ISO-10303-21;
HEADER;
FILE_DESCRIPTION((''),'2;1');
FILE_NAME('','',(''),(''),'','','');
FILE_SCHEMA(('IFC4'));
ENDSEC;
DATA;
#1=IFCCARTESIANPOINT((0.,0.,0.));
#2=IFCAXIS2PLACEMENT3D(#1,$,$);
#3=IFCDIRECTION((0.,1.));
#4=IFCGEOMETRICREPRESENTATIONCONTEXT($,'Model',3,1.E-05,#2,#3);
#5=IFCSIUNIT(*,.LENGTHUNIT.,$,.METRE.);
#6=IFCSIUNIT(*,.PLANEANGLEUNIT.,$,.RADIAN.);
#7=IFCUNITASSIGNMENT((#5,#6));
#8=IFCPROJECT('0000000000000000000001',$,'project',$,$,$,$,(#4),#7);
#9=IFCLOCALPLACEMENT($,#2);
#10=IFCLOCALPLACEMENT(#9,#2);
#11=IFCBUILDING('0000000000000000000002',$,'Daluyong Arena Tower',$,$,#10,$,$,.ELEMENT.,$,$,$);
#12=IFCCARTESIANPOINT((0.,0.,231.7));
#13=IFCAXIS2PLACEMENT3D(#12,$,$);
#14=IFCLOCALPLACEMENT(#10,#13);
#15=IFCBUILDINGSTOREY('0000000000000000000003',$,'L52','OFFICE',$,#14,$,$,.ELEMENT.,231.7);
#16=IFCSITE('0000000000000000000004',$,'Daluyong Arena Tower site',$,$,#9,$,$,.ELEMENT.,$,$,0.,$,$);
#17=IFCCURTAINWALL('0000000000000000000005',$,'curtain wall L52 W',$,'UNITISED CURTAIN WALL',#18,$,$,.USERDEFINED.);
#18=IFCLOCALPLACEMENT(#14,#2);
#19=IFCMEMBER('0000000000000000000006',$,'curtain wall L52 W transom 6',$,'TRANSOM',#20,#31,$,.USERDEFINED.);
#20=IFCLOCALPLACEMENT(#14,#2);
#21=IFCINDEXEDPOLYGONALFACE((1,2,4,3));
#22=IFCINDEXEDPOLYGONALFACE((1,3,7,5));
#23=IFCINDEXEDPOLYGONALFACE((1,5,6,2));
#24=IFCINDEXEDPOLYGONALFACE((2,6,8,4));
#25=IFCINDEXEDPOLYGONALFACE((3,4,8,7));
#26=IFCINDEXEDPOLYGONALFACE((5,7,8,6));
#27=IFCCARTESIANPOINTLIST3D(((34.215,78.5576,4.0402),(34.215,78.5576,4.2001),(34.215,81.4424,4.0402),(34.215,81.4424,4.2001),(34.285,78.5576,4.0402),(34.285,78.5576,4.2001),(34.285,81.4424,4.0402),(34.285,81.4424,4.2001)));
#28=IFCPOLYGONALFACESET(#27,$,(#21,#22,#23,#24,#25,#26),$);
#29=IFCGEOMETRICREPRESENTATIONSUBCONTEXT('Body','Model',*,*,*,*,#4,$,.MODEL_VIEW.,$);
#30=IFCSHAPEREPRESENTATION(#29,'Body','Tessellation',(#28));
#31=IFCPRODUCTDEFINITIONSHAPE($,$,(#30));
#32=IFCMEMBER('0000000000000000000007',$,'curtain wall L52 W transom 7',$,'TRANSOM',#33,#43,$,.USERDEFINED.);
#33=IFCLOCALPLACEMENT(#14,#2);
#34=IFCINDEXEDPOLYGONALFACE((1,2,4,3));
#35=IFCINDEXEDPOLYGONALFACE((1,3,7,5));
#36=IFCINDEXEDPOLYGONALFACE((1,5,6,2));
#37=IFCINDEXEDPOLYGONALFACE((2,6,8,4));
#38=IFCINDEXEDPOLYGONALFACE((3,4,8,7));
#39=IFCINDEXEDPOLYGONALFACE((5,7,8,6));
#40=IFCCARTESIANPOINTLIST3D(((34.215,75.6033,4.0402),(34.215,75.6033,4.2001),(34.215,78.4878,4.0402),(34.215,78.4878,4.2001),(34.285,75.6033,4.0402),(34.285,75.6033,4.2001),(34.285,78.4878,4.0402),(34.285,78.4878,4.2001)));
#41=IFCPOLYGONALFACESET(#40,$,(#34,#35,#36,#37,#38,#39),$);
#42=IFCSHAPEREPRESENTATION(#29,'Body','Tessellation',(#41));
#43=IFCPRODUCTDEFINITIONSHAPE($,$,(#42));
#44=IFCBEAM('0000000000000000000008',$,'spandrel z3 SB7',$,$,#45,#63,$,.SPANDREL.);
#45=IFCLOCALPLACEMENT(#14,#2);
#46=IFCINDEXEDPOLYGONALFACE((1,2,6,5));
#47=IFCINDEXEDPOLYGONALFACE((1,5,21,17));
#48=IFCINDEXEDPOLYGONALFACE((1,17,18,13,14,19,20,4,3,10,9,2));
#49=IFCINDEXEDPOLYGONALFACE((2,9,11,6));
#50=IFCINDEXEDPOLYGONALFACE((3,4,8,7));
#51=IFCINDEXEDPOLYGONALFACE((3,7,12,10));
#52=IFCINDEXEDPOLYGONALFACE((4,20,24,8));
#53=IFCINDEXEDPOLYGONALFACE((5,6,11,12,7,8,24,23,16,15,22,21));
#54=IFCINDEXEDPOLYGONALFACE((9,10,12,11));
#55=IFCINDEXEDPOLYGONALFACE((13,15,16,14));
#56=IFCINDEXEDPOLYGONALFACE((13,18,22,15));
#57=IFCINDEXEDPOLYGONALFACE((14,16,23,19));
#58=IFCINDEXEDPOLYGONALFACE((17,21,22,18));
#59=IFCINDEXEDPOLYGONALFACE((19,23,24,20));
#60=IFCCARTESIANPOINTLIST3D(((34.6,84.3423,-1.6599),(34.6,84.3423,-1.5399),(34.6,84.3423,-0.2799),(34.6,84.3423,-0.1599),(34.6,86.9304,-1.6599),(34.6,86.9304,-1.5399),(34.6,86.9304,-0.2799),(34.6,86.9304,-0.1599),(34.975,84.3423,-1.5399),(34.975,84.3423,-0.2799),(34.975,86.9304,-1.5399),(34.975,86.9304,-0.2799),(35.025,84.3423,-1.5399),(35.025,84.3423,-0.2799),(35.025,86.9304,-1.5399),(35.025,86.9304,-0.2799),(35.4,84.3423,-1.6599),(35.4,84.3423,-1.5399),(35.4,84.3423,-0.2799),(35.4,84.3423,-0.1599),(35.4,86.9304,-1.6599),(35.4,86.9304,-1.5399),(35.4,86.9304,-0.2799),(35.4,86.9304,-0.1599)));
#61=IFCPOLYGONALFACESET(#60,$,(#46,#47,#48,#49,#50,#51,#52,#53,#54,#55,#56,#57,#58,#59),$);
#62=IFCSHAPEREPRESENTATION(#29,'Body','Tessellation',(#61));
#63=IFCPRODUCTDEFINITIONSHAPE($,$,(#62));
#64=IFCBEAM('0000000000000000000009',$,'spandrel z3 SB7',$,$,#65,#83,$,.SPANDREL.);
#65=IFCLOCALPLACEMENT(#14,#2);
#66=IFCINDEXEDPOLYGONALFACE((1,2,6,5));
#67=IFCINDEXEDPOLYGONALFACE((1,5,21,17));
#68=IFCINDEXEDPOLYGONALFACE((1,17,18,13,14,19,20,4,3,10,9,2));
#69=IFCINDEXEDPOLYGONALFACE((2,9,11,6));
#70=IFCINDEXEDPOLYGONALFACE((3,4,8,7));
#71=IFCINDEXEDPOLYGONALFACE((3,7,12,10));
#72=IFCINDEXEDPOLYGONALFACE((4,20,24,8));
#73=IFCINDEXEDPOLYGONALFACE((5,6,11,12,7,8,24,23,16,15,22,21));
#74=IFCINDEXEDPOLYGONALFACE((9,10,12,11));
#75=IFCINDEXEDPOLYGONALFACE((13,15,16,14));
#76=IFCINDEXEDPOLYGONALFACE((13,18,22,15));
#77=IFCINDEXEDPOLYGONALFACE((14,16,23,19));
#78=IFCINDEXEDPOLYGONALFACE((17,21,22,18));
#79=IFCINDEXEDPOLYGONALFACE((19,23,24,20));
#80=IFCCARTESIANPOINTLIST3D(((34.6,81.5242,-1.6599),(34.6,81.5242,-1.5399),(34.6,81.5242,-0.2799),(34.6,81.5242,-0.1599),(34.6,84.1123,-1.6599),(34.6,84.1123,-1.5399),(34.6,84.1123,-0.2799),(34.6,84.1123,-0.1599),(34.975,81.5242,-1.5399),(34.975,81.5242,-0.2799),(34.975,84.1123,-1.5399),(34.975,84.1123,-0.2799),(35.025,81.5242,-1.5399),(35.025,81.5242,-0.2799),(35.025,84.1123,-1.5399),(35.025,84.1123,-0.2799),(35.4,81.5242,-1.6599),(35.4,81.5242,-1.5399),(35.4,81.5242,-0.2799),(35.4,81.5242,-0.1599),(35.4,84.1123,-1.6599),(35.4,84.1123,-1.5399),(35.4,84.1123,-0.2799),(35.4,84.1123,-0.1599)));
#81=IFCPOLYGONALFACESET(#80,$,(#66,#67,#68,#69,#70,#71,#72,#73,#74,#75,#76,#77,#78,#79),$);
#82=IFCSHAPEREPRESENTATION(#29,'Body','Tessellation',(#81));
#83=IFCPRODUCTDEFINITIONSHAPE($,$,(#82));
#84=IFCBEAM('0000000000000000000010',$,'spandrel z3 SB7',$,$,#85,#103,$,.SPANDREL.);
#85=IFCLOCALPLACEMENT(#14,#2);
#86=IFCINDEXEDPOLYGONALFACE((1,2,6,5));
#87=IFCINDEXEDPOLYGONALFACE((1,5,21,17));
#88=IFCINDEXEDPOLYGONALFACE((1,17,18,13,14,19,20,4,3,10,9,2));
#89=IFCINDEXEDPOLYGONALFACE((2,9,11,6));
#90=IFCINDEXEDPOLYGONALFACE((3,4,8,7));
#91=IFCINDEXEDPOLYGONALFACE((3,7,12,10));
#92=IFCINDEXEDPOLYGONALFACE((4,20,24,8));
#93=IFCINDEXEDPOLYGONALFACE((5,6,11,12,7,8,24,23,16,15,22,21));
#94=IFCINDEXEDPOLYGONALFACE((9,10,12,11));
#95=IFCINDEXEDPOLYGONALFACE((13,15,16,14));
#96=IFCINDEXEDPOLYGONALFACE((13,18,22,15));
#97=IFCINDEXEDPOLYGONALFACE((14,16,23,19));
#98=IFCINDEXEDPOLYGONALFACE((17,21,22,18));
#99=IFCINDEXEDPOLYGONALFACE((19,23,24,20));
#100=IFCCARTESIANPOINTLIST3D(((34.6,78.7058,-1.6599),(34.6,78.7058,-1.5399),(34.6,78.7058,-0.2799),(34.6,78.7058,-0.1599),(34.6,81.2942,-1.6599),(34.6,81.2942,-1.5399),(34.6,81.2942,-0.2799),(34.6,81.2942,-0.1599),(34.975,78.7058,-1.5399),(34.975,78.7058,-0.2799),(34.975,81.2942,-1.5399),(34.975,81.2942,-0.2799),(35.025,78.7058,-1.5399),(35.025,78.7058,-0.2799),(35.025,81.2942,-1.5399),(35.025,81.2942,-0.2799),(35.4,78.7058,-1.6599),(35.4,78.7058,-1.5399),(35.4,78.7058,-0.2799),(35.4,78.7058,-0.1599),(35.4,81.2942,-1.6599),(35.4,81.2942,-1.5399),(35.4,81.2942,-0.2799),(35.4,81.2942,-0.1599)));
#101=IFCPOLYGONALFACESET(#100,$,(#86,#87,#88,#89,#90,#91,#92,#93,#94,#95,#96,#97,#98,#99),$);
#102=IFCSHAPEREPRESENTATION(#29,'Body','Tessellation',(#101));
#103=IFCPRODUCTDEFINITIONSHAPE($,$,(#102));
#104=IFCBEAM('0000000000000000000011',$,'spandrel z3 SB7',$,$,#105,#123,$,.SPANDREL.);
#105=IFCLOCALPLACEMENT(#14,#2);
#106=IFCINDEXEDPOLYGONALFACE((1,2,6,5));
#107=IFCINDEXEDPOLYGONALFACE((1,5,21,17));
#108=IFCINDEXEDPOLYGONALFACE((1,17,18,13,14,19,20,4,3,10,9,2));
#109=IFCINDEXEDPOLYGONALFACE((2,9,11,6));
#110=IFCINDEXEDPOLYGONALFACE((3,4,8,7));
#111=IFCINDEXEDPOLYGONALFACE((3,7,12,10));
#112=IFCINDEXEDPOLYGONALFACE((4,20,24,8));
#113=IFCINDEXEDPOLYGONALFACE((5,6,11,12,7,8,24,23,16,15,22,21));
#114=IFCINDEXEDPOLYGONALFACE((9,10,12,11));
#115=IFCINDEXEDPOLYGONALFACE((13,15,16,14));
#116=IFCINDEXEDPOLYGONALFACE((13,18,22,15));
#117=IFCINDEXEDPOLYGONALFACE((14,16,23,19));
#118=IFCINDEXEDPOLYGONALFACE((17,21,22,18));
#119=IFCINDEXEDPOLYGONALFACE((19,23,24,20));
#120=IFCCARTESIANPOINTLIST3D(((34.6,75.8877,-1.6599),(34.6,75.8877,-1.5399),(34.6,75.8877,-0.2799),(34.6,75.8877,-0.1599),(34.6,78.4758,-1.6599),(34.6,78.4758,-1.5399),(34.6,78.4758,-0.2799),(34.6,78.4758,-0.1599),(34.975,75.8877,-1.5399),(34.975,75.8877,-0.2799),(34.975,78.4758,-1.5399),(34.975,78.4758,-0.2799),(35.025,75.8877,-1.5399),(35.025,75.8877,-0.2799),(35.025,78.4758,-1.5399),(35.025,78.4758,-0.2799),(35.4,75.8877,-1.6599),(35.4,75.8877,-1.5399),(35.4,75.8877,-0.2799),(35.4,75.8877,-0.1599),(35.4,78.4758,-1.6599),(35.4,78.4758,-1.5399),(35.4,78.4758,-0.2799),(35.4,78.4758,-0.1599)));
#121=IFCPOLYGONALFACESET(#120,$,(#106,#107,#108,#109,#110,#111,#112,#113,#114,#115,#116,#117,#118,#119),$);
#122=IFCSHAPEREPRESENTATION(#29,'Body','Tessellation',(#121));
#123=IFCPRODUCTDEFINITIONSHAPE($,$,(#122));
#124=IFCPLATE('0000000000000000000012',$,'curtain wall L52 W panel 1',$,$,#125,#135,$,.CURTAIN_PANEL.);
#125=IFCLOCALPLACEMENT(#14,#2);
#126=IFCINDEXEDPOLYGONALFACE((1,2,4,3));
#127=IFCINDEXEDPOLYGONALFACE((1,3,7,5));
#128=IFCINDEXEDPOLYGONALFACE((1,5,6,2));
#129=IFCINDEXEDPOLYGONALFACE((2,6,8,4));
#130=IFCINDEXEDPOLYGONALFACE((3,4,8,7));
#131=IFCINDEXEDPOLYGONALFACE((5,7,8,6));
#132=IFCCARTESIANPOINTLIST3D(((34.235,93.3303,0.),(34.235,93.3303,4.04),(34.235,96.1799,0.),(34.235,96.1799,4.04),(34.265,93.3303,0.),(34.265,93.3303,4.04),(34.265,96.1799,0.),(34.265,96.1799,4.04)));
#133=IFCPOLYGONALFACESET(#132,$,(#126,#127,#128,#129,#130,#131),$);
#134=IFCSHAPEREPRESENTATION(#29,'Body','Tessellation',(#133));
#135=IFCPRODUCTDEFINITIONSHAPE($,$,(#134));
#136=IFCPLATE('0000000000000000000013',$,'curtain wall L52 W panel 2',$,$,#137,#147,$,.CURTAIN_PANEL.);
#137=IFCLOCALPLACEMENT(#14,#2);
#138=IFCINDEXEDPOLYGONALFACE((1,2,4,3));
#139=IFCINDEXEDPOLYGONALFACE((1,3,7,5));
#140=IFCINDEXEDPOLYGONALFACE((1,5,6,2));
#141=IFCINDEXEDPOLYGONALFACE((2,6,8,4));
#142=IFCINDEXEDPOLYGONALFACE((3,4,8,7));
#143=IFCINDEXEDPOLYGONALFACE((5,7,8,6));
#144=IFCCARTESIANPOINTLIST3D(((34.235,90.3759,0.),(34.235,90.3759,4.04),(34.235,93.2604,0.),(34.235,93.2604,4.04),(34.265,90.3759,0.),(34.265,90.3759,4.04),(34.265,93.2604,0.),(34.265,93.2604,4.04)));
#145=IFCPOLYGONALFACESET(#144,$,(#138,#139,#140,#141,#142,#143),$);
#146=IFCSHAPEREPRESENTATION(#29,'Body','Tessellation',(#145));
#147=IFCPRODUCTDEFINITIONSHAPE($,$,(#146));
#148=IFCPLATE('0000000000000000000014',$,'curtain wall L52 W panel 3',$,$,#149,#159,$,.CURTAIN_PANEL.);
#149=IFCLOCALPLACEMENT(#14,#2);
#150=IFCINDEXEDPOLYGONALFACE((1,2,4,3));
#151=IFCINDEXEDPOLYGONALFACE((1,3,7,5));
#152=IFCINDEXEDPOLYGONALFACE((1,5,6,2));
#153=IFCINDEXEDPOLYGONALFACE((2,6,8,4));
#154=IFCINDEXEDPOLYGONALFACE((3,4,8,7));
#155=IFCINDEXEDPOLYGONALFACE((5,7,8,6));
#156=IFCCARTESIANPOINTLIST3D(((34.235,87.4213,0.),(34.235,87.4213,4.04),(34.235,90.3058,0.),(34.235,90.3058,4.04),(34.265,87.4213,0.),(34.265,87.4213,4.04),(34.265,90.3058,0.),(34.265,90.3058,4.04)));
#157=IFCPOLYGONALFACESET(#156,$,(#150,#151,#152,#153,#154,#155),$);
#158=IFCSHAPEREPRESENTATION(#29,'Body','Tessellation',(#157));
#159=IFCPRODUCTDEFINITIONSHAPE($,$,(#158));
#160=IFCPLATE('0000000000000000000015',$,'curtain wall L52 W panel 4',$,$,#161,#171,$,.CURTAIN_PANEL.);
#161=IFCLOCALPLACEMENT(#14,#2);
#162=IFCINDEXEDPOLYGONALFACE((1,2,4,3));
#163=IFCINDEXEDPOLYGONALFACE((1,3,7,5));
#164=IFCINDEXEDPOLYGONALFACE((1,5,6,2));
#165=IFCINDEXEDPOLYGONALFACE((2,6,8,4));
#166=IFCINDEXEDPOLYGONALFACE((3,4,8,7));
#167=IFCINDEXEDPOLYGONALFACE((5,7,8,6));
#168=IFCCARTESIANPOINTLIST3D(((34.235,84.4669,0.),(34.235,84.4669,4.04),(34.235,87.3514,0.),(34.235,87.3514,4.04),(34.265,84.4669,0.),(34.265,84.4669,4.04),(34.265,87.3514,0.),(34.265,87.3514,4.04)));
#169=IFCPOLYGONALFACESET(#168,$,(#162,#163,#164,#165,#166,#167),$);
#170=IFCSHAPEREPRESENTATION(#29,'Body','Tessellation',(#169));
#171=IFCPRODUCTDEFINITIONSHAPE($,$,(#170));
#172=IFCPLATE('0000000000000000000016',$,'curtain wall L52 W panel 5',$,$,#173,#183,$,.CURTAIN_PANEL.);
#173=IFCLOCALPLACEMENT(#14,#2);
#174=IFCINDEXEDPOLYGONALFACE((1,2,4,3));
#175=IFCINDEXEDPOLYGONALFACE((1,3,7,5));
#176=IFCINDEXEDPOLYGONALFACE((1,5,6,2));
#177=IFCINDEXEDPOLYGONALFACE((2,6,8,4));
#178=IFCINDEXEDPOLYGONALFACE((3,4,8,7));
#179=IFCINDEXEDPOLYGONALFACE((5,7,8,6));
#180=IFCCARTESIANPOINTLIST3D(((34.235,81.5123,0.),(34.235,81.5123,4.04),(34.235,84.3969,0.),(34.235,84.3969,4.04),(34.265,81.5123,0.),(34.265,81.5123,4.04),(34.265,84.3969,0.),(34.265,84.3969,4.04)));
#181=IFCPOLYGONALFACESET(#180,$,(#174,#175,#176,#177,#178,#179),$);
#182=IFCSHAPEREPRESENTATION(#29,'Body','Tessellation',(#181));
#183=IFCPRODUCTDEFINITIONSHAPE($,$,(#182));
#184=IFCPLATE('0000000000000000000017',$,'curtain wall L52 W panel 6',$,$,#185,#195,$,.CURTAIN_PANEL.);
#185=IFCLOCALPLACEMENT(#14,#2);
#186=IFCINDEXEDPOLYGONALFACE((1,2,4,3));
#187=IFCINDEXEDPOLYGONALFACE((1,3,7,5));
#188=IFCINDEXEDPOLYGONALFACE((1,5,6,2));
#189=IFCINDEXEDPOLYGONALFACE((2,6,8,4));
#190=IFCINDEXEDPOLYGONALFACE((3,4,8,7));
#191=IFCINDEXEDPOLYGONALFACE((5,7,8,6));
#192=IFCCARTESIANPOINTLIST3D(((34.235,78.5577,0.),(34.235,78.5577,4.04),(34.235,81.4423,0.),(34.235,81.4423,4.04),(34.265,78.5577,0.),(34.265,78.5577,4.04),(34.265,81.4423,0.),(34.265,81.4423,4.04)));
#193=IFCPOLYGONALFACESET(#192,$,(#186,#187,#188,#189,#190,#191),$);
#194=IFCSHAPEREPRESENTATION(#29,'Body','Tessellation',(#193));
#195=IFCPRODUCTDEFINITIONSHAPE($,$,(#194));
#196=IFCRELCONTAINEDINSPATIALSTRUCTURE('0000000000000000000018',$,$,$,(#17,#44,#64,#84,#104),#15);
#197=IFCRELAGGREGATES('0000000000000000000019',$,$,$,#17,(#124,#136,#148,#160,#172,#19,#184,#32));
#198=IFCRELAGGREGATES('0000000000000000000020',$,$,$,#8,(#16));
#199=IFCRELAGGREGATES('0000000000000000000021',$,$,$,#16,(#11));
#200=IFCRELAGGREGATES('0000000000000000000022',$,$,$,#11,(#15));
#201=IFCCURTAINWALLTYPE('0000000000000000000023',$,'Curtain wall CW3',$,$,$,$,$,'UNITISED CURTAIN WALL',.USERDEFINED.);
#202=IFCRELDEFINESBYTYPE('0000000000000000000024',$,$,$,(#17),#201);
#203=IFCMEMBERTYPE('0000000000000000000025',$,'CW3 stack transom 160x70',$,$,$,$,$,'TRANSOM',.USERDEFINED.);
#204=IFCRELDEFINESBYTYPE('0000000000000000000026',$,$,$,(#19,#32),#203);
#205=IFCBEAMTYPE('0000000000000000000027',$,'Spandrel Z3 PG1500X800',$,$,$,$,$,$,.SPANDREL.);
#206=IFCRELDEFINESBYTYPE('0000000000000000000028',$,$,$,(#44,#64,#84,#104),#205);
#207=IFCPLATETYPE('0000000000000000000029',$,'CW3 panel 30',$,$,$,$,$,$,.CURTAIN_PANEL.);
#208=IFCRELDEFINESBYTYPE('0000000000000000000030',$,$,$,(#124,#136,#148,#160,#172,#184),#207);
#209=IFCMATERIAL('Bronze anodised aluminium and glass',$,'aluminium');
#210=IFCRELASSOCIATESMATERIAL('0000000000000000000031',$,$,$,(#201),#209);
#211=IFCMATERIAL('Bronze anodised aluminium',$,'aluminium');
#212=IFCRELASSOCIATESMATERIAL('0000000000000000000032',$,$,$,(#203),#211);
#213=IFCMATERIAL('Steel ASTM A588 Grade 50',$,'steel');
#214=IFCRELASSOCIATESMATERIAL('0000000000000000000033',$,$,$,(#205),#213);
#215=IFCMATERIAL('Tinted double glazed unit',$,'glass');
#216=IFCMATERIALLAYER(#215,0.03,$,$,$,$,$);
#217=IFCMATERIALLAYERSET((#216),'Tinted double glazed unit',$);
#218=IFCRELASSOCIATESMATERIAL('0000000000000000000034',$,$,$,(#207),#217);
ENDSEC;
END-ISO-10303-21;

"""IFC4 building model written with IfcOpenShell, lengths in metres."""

from ifc_helpers import new_model, si_unit, direction, frame, origin, origin_2d, place, context, subcontext, project, spatial, rectangle, i_section, extrude, material, layer, layer_set, material_profile, profile_set, type_object, element, aggregate, save


model = new_model("IFC4")

# Units and contexts
model_context = context("Model", 3, precision=1e-05, world=origin(), true_north=direction((0.0, 1.0)))
body_context = subcontext(model_context, "Body", "Model", "MODEL_VIEW")
ifc_project = project(units=[si_unit("LENGTHUNIT", "METRE"), si_unit("PLANEANGLEUNIT", "RADIAN")], contexts=[model_context])

# Site, building, storey
site_placement = place(None, origin())
site = spatial("IfcSite", under=ifc_project, at=site_placement, Name="Daluyong Arena Tower site", CompositionType="ELEMENT", RefElevation=0.0)
building_placement = place(site_placement, origin())
building = spatial("IfcBuilding", under=site, at=building_placement, Name="Daluyong Arena Tower", CompositionType="ELEMENT")
storey_placement = place(building_placement, frame((0.0, 0.0, 231.7)))
storey = spatial("IfcBuildingStorey", under=building, at=storey_placement, Name="L52", Description="OFFICE", CompositionType="ELEMENT", Elevation=231.7)

# Curtain wall, members
ifc_material_1 = material(Name="Bronze anodised aluminium and glass", Category="aluminium")
curtain_wall_type = type_object("IfcCurtainWallType", Name="Curtain wall CW3", ElementType="UNITISED CURTAIN WALL", PredefinedType="USERDEFINED", material=ifc_material_1)
curtain_wall_placement = place(storey_placement, origin())
curtain_wall = element("IfcCurtainWall", 1, at=curtain_wall_placement, inside=storey, type_object=curtain_wall_type, Name="curtain wall L52 W", ObjectType="UNITISED CURTAIN WALL", PredefinedType="USERDEFINED")
ifc_material_2 = material(Name="Bronze anodised aluminium", Category="aluminium")
ifc_material_profile_1 = material_profile(ifc_material_2, rectangle(XDim=0.0701, YDim=0.1599, at=origin_2d()))
ifc_profile_set_1 = profile_set([ifc_material_profile_1], Name="Bronze anodised aluminium")
member_type_1 = type_object("IfcMemberType", Name="CW3 stack transom 160x70", ElementType="TRANSOM", PredefinedType="USERDEFINED", material=ifc_profile_set_1)
member_1_placement = place(storey_placement, frame((34.25, 81.4424, 4.1201), z_axis=(0.0, -1.0, 0.0), x_axis=(1.0, 0.0, 0.0)))
member_1 = element("IfcMember", 2, at=member_1_placement, type_object=member_type_1, Name="curtain wall L52 W transom 6", ObjectType="TRANSOM", PredefinedType="USERDEFINED", context=body_context, shape_type="SweptSolid", body=[
    extrude(rectangle(XDim=0.0701, YDim=0.1599, at=origin_2d()), origin(), (0.0, 0.0, 1.0), 2.8848),
])
member_2_placement = place(storey_placement, frame((34.25, 78.4878, 4.1201), z_axis=(0.0, -1.0, 0.0), x_axis=(1.0, 0.0, 0.0)))
member_2 = element("IfcMember", 3, at=member_2_placement, type_object=member_type_1, Name="curtain wall L52 W transom 7", ObjectType="TRANSOM", PredefinedType="USERDEFINED", context=body_context, shape_type="SweptSolid", body=[
    extrude(rectangle(XDim=0.0701, YDim=0.1599, at=origin_2d()), origin(), (0.0, 0.0, 1.0), 2.8845),
])

# Beams
ifc_material_3 = material(Name="Steel ASTM A588 Grade 50", Category="steel")
ifc_material_profile_2 = material_profile(ifc_material_3, i_section(OverallWidth=0.8, OverallDepth=1.5, WebThickness=0.05, FlangeThickness=0.12, at=origin_2d()))
ifc_profile_set_2 = profile_set([ifc_material_profile_2], Name="Steel ASTM A588 Grade 50")
beam_type = type_object("IfcBeamType", Name="Spandrel Z3 PG1500X800", PredefinedType="SPANDREL", material=ifc_profile_set_2)
for number, where, z_axis, x_axis, name in (
    (4, (35.0, 86.9304, -0.9099), (0.0, -1.0, 0.0), (1.0, 0.0, 0.0), "spandrel z3 SB7"),
    (5, (35.0, 84.1123, -0.9099), (0.0, -1.0, 0.0), (1.0, 0.0, 0.0), "spandrel z3 SB7"),
):
    element("IfcBeam", number, at=place(storey_placement, frame(where, z_axis=z_axis, x_axis=x_axis)), inside=storey, type_object=beam_type, Name=name, PredefinedType="SPANDREL", context=body_context, shape_type="SweptSolid", body=[
        extrude(i_section(OverallWidth=0.8, OverallDepth=1.5, WebThickness=0.05, FlangeThickness=0.12, at=origin_2d()), origin(), (0.0, 0.0, 1.0), 2.5881),
    ])
beam_1_placement = place(storey_placement, frame((35.0, 81.2942, -0.9099), z_axis=(0.0, -1.0, 0.0), x_axis=(1.0, 0.0, 0.0)))
element("IfcBeam", 6, at=beam_1_placement, inside=storey, type_object=beam_type, Name="spandrel z3 SB7", PredefinedType="SPANDREL", context=body_context, shape_type="SweptSolid", body=[
    extrude(i_section(OverallWidth=0.8, OverallDepth=1.5, WebThickness=0.05, FlangeThickness=0.12, at=origin_2d()), origin(), (0.0, 0.0, 1.0), 2.5884),
])
beam_2_placement = place(storey_placement, frame((35.0, 78.4758, -0.9099), z_axis=(0.0, -1.0, 0.0), x_axis=(1.0, 0.0, 0.0)))
element("IfcBeam", 7, at=beam_2_placement, inside=storey, type_object=beam_type, Name="spandrel z3 SB7", PredefinedType="SPANDREL", context=body_context, shape_type="SweptSolid", body=[
    extrude(i_section(OverallWidth=0.8, OverallDepth=1.5, WebThickness=0.05, FlangeThickness=0.12, at=origin_2d()), origin(), (0.0, 0.0, 1.0), 2.5881),
])

# Plates
ifc_material_4 = material(Name="Tinted double glazed unit", Category="glass")
ifc_layer = layer(ifc_material_4, 0.03)
ifc_layer_set = layer_set([ifc_layer], Name="Tinted double glazed unit")
plate_type = type_object("IfcPlateType", Name="CW3 panel 30", PredefinedType="CURTAIN_PANEL", material=ifc_layer_set)
plate_1_placement = place(storey_placement, frame((34.25, 94.7551, 0.0), z_axis=(0.0, 0.0, 1.0), x_axis=(0.0, -1.0, 0.0)))
plate_1 = element("IfcPlate", 8, at=plate_1_placement, type_object=plate_type, Name="curtain wall L52 W panel 1", PredefinedType="CURTAIN_PANEL", context=body_context, shape_type="SweptSolid", body=[
    extrude(rectangle(XDim=2.8496, YDim=0.03, at=origin_2d()), origin(), (0.0, 0.0, 1.0), 4.04),
])
plate_2_placement = place(storey_placement, frame((34.25, 91.8181, 0.0), z_axis=(0.0, 0.0, 1.0), x_axis=(0.0, -1.0, 0.0)))
plate_2 = element("IfcPlate", 9, at=plate_2_placement, type_object=plate_type, Name="curtain wall L52 W panel 2", PredefinedType="CURTAIN_PANEL", context=body_context, shape_type="SweptSolid", body=[
    extrude(rectangle(XDim=2.8845, YDim=0.03, at=origin_2d()), origin(), (0.0, 0.0, 1.0), 4.04),
])
plate_3_placement = place(storey_placement, frame((34.25, 88.8635, 0.0), z_axis=(0.0, 0.0, 1.0), x_axis=(0.0, -1.0, 0.0)))
plate_3 = element("IfcPlate", 10, at=plate_3_placement, type_object=plate_type, Name="curtain wall L52 W panel 3", PredefinedType="CURTAIN_PANEL", context=body_context, shape_type="SweptSolid", body=[
    extrude(rectangle(XDim=2.8845, YDim=0.03, at=origin_2d()), origin(), (0.0, 0.0, 1.0), 4.04),
])
plate_4_placement = place(storey_placement, frame((34.25, 85.9092, 0.0), z_axis=(0.0, 0.0, 1.0), x_axis=(0.0, -1.0, 0.0)))
plate_4 = element("IfcPlate", 11, at=plate_4_placement, type_object=plate_type, Name="curtain wall L52 W panel 4", PredefinedType="CURTAIN_PANEL", context=body_context, shape_type="SweptSolid", body=[
    extrude(rectangle(XDim=2.8845, YDim=0.03, at=origin_2d()), origin(), (0.0, 0.0, 1.0), 4.04),
])
plate_5_placement = place(storey_placement, frame((34.25, 82.9546, 0.0), z_axis=(0.0, 0.0, 1.0), x_axis=(0.0, -1.0, 0.0)))
plate_5 = element("IfcPlate", 12, at=plate_5_placement, type_object=plate_type, Name="curtain wall L52 W panel 5", PredefinedType="CURTAIN_PANEL", context=body_context, shape_type="SweptSolid", body=[
    extrude(rectangle(XDim=2.8845, YDim=0.03, at=origin_2d()), origin(), (0.0, 0.0, 1.0), 4.04),
])
plate_6_placement = place(storey_placement, frame((34.25, 80.0, 0.0), z_axis=(0.0, 0.0, 1.0), x_axis=(0.0, -1.0, 0.0)))
plate_6 = element("IfcPlate", 13, at=plate_6_placement, type_object=plate_type, Name="curtain wall L52 W panel 6", PredefinedType="CURTAIN_PANEL", context=body_context, shape_type="SweptSolid", body=[
    extrude(rectangle(XDim=2.8845, YDim=0.03, at=origin_2d()), origin(), (0.0, 0.0, 1.0), 4.04),
])
aggregate(curtain_wall, [plate_1, plate_2, plate_3, plate_4, plate_5, member_1, plate_6, member_2])

save(model, "model.ifc")
